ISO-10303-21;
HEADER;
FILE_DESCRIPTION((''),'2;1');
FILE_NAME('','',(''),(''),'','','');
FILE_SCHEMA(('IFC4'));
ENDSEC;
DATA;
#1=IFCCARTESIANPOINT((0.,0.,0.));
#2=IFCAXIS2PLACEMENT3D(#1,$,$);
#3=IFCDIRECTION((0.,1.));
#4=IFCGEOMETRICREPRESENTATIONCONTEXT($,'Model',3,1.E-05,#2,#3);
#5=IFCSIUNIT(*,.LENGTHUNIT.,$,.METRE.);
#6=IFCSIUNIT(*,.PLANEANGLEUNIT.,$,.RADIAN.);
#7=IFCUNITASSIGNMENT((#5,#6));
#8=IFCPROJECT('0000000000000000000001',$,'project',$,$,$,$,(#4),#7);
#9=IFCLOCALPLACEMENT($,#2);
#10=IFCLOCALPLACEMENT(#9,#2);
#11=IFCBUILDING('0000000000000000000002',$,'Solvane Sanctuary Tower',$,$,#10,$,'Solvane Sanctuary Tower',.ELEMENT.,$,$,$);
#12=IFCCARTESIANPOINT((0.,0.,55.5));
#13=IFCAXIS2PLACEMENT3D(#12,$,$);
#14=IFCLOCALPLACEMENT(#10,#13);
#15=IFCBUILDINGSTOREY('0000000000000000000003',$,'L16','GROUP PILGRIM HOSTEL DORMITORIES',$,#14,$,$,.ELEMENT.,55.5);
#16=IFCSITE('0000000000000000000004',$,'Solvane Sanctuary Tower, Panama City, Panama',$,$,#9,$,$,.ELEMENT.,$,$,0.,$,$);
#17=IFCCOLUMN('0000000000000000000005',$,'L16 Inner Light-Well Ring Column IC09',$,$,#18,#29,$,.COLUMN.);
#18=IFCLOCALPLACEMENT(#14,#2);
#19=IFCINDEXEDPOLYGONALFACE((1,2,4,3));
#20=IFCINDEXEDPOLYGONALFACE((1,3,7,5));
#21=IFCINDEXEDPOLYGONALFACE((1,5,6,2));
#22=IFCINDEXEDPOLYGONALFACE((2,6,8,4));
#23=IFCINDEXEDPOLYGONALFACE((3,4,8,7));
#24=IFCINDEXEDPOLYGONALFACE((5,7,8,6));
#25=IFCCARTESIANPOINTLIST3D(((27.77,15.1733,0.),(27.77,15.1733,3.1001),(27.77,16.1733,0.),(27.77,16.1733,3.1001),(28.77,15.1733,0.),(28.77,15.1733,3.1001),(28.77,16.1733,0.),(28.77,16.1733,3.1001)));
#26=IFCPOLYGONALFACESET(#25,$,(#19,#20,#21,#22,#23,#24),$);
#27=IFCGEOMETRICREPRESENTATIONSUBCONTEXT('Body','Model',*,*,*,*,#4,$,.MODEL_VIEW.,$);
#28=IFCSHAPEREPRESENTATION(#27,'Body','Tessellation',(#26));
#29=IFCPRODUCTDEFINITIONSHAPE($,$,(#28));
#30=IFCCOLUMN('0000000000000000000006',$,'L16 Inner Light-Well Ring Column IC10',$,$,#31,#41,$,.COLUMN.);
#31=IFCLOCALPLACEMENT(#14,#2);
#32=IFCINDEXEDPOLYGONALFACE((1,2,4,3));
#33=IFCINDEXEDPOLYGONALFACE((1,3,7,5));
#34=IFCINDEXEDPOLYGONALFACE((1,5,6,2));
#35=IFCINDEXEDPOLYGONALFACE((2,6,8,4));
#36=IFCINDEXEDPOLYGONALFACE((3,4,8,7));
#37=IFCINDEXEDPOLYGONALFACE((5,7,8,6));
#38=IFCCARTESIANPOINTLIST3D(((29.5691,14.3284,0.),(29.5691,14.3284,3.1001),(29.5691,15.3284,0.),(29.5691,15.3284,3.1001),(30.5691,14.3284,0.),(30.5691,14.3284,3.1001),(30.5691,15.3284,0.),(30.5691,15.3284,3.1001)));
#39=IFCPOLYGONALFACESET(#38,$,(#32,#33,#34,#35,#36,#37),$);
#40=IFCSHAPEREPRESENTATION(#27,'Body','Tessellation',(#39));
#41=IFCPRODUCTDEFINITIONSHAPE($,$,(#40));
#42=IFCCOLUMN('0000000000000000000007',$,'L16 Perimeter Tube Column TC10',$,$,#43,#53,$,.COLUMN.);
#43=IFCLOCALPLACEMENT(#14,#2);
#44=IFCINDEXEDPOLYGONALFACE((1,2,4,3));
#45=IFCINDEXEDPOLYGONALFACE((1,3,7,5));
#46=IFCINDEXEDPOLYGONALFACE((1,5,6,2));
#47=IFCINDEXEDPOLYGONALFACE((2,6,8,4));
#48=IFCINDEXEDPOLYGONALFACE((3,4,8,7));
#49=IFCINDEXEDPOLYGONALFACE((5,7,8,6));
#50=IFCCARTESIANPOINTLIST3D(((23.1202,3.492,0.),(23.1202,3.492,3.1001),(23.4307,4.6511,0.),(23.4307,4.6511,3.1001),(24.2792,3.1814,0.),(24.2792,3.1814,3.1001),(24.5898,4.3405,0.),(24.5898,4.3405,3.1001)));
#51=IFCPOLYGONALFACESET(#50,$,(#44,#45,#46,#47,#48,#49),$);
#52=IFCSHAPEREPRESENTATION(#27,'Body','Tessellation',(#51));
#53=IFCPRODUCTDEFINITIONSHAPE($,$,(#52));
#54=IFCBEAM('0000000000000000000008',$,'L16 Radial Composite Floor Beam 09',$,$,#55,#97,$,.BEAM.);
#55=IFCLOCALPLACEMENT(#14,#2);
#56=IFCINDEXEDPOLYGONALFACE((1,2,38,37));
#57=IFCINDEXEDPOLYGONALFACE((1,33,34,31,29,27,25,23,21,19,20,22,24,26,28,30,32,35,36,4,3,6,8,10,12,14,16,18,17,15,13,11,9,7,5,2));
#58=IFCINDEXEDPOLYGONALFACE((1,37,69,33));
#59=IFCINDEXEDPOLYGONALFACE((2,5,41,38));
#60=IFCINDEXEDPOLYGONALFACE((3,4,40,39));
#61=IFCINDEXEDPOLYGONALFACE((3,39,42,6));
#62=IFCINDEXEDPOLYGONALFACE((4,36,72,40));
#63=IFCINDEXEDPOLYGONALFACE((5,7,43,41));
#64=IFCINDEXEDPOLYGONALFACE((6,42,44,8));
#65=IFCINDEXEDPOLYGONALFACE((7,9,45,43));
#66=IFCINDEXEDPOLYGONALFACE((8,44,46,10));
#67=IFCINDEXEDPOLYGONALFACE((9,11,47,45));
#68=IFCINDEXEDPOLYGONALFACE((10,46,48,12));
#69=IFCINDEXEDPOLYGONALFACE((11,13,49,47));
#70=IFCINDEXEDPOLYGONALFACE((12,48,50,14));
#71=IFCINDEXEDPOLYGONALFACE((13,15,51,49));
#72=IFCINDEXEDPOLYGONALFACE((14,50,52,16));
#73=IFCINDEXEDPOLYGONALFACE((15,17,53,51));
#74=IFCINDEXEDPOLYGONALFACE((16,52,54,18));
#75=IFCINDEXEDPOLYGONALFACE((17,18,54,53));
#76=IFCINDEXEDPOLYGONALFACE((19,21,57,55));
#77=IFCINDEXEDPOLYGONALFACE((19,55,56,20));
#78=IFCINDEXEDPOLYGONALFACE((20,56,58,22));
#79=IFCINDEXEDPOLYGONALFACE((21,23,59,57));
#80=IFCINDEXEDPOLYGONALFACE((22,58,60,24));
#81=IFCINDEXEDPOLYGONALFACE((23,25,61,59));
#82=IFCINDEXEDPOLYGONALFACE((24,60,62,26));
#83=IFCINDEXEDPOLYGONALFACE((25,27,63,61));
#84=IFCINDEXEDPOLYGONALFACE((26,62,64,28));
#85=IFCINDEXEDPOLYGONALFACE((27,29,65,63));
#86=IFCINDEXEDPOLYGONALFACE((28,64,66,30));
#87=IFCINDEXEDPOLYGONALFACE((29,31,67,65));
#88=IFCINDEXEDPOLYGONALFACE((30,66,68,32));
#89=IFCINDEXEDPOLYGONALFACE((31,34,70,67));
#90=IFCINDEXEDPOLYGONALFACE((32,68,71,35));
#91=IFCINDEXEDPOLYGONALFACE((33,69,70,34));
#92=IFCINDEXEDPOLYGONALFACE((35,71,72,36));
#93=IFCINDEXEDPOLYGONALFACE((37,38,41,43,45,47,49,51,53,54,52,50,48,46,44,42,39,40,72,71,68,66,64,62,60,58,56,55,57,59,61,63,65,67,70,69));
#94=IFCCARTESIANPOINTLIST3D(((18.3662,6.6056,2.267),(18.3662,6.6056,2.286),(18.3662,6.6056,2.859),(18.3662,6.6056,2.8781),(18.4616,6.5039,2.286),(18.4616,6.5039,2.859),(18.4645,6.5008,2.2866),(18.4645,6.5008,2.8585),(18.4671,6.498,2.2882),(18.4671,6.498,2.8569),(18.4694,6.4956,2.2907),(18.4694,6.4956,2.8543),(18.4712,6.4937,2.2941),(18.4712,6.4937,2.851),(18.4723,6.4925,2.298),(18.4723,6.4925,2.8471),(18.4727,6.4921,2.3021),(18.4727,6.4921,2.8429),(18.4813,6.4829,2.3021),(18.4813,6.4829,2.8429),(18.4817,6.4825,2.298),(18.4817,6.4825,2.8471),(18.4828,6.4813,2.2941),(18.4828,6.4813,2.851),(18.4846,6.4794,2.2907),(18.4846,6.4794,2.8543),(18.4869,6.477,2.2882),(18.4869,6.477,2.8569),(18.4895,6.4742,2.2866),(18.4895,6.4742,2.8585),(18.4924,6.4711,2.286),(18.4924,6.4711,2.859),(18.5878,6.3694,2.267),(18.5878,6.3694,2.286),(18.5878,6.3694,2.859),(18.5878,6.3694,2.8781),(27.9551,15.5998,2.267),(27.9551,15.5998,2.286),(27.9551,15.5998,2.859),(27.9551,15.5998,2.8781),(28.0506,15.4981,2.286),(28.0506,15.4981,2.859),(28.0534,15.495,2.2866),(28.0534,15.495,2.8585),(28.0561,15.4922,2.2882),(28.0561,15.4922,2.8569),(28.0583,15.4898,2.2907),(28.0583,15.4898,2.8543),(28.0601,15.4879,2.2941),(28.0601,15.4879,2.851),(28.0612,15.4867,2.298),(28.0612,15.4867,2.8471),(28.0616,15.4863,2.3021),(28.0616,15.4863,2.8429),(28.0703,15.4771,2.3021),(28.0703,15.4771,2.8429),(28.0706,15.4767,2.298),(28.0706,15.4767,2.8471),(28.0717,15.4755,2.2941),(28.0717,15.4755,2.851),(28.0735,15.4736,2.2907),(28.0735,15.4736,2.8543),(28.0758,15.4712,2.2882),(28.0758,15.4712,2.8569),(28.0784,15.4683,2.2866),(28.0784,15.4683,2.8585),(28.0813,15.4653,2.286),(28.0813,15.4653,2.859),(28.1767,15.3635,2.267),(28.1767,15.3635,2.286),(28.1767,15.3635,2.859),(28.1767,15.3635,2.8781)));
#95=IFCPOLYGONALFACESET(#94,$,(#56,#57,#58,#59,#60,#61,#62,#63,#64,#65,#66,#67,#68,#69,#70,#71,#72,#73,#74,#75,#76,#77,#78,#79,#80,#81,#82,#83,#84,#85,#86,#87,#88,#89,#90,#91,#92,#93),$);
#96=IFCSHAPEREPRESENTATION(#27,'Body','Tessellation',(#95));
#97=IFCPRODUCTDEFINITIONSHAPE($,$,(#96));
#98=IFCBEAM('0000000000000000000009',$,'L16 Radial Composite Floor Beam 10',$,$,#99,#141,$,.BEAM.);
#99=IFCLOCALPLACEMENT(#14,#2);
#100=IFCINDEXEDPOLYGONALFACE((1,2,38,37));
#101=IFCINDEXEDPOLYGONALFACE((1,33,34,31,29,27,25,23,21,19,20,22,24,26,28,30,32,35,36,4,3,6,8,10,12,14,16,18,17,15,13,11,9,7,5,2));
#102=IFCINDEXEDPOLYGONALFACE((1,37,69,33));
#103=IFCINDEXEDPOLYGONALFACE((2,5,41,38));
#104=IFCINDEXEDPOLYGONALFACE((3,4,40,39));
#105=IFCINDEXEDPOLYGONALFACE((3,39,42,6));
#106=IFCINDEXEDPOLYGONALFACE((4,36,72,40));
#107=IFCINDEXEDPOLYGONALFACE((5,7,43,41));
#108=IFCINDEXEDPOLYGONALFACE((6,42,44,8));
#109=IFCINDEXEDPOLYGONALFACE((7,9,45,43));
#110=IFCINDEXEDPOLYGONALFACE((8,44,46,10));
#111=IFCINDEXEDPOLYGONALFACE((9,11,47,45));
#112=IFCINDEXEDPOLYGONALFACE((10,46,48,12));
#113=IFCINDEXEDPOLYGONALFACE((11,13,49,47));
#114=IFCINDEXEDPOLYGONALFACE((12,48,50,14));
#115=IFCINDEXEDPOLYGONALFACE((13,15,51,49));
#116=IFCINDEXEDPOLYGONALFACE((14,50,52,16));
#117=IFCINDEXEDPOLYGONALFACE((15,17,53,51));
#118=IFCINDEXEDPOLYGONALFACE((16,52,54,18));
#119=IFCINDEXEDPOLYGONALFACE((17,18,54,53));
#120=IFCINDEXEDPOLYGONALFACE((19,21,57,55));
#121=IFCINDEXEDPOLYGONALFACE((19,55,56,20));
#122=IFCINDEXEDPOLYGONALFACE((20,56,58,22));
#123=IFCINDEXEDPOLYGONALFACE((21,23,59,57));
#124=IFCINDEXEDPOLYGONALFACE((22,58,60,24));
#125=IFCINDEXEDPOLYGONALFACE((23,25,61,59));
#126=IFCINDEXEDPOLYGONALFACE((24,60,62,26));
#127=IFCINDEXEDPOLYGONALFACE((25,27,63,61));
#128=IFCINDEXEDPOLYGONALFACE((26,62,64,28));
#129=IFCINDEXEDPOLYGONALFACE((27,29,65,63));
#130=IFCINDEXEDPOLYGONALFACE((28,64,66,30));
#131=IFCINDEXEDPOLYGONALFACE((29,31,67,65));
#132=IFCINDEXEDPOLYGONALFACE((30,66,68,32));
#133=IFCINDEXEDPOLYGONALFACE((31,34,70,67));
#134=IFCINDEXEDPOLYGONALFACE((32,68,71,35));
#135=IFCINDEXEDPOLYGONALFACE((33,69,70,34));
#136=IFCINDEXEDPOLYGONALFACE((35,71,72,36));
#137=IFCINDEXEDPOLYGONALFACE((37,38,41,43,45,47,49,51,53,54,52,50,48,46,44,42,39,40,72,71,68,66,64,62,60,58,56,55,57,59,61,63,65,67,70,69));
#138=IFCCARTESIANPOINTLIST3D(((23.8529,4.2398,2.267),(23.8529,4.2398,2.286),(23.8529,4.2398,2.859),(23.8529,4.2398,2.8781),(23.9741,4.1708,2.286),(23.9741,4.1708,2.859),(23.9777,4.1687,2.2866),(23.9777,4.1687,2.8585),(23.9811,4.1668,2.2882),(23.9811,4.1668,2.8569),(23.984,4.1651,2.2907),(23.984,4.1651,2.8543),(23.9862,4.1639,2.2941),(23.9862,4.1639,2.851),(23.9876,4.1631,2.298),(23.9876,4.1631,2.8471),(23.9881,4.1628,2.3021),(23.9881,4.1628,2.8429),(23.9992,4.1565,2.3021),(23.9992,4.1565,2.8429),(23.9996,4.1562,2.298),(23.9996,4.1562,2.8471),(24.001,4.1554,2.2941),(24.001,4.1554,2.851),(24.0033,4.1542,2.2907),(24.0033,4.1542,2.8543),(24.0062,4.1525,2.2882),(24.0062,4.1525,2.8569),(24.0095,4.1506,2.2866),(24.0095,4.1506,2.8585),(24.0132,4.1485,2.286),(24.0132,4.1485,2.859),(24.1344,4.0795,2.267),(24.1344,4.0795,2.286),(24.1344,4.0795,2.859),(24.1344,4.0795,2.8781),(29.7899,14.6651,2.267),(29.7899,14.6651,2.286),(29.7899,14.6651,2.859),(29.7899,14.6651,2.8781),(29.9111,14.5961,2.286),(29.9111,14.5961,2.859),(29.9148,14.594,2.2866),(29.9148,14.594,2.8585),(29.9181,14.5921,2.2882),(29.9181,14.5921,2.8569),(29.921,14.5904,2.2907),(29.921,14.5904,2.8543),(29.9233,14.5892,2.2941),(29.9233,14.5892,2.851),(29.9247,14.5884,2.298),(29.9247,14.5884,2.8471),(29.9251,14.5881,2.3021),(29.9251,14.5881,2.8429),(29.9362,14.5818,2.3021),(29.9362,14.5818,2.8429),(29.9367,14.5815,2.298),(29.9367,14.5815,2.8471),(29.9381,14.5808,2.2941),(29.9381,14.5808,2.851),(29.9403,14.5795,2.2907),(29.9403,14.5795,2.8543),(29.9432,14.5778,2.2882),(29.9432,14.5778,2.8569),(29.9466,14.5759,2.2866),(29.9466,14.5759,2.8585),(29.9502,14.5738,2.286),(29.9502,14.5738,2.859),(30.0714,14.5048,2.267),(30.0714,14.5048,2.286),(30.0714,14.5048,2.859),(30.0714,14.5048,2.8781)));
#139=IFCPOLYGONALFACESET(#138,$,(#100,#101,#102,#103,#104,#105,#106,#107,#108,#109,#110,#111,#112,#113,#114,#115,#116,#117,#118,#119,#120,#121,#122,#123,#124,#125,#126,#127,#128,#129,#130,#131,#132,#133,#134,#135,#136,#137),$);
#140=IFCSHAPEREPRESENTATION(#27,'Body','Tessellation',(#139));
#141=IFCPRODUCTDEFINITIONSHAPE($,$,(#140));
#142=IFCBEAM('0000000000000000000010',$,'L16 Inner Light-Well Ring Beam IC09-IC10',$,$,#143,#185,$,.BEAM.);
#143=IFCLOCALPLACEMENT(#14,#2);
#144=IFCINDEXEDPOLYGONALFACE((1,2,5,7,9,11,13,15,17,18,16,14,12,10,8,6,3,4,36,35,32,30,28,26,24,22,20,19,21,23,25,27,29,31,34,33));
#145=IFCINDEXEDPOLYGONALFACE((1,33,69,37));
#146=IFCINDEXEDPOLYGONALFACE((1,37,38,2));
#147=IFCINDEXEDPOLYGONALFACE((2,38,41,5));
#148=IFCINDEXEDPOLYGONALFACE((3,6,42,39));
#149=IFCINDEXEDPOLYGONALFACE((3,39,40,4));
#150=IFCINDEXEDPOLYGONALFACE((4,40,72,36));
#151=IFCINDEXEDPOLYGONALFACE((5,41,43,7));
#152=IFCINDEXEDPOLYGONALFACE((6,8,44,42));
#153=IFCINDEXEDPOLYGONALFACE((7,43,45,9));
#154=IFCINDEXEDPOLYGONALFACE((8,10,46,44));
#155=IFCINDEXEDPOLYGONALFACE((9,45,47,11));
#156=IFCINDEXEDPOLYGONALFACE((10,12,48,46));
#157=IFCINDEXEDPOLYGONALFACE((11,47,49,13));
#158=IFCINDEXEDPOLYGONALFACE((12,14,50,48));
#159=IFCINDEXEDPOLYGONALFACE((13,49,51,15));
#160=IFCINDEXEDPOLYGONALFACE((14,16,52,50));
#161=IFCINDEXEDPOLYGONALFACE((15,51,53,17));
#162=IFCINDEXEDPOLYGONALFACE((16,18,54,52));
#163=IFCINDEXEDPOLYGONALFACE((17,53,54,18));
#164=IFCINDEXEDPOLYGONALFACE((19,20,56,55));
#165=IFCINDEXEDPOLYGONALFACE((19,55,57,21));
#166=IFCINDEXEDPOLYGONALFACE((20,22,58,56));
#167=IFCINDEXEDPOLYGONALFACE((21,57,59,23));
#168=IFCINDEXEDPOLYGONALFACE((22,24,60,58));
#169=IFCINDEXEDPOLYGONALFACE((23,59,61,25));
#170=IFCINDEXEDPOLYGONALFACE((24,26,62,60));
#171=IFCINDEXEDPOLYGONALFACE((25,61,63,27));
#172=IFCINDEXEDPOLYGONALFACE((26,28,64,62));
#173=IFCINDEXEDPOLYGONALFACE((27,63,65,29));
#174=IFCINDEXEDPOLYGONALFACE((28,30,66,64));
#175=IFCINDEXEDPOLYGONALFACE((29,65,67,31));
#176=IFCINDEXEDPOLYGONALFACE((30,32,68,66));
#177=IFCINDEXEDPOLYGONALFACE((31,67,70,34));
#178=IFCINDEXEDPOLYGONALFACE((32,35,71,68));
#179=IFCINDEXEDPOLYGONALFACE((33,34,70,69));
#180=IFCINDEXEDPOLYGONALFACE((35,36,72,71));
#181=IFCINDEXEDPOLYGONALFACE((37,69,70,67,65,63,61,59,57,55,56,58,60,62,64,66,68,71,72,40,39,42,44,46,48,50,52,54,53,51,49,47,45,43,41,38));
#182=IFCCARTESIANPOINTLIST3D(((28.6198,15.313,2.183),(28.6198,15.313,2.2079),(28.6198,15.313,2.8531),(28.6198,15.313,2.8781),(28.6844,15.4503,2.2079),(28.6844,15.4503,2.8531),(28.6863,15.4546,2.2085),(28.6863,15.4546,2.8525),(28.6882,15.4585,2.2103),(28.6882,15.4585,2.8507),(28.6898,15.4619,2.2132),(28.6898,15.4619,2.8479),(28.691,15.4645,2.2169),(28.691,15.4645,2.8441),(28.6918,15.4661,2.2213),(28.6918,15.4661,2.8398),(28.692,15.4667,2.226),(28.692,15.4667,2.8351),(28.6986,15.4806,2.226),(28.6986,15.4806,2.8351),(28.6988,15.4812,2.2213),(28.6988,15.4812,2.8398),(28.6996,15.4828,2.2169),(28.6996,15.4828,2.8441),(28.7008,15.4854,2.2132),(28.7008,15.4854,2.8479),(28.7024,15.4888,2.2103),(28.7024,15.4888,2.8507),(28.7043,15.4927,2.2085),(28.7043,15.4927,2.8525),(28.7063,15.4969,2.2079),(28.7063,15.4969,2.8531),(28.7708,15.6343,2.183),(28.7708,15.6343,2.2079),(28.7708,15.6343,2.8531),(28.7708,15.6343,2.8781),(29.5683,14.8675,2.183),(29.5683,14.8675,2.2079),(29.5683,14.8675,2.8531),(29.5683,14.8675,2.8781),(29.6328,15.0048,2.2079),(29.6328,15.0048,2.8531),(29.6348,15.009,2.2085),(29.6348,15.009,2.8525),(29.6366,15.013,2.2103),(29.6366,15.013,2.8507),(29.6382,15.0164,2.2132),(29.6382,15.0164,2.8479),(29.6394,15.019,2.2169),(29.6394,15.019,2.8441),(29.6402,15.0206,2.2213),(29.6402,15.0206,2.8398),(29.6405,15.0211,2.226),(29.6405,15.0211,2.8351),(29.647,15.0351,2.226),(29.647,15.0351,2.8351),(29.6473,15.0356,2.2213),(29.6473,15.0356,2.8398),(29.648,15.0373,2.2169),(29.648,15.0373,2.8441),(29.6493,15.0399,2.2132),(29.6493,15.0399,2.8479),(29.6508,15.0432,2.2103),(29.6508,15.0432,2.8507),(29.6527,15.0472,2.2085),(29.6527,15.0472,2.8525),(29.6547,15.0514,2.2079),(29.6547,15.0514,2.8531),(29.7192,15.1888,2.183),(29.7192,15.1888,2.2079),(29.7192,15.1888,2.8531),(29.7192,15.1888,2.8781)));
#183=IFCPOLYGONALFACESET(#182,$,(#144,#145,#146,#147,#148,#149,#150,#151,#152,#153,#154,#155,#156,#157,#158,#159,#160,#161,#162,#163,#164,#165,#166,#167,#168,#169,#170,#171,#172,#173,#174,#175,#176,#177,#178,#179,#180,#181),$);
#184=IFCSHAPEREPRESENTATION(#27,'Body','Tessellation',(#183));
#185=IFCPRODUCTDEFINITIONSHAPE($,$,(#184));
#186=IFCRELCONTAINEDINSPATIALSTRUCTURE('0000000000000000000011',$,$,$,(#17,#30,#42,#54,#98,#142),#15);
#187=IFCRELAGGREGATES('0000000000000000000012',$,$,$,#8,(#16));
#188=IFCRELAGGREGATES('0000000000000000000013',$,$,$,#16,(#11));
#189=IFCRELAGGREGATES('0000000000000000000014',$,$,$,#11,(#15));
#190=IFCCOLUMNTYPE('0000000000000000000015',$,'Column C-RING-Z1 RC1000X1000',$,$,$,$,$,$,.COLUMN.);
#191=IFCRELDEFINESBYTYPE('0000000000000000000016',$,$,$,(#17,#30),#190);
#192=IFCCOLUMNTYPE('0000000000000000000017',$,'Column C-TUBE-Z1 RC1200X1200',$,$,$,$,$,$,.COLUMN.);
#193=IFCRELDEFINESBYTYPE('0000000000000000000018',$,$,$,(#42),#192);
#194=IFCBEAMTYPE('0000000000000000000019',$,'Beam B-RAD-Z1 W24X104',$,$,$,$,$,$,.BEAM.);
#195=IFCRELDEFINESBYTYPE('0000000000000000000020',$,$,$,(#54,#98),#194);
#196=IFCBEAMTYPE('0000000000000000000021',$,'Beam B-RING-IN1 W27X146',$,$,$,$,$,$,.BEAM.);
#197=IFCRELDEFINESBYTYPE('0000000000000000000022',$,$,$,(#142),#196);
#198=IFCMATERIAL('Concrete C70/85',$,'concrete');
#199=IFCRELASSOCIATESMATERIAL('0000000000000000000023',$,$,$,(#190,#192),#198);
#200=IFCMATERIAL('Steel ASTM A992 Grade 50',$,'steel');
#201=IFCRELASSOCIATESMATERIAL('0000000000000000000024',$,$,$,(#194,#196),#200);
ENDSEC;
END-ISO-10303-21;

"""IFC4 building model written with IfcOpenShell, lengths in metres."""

from ifc_helpers import new_model, si_unit, direction, frame, origin, origin_2d, place, context, subcontext, project, spatial, rectangle, i_section, extrude, material, material_profile, profile_set, type_object, element, save


model = new_model("IFC4")

# Units and contexts
model_context = context("Model", 3, precision=1e-05, world=origin(), true_north=direction((0.0, 1.0)))
body_context = subcontext(model_context, "Body", "Model", "MODEL_VIEW")
ifc_project = project(units=[si_unit("LENGTHUNIT", "METRE"), si_unit("PLANEANGLEUNIT", "RADIAN")], contexts=[model_context])

# Site, building, storey
site_placement = place(None, origin())
site = spatial("IfcSite", under=ifc_project, at=site_placement, Name="Solvane Sanctuary Tower, Panama City, Panama", CompositionType="ELEMENT", RefElevation=0.0)
building_placement = place(site_placement, origin())
building = spatial("IfcBuilding", under=site, at=building_placement, Name="Solvane Sanctuary Tower", LongName="Solvane Sanctuary Tower", CompositionType="ELEMENT")
storey_placement = place(building_placement, frame((0.0, 0.0, 55.5)))
storey = spatial("IfcBuildingStorey", under=building, at=storey_placement, Name="L16", Description="GROUP PILGRIM HOSTEL DORMITORIES", CompositionType="ELEMENT", Elevation=55.5)

# Columns
ifc_material_1 = material(Name="Concrete C70/85", Category="concrete")
ifc_material_profile_1 = material_profile(ifc_material_1, rectangle(XDim=1.0, YDim=1.0, at=origin_2d()), Name="RC1000X1000")
ifc_profile_set_1 = profile_set([ifc_material_profile_1], Name="Concrete C70/85")
column_type_1 = type_object("IfcColumnType", Name="Column C-RING-Z1 RC1000X1000", PredefinedType="COLUMN", material=ifc_profile_set_1)
for number, where, z_axis, x_axis, name in (
    (1, (28.27, 15.6733, 0.0), (0.0, 0.0, 1.0), (1.0, 0.0, 0.0), "L16 Inner Light-Well Ring Column IC09"),
    (2, (30.0691, 14.8284, 0.0), (0.0, 0.0, 1.0), (1.0, 0.0, 0.0), "L16 Inner Light-Well Ring Column IC10"),
):
    element("IfcColumn", number, at=place(storey_placement, frame(where, z_axis=z_axis, x_axis=x_axis)), inside=storey, type_object=column_type_1, Name=name, PredefinedType="COLUMN", context=body_context, shape_type="SweptSolid", body=[
        extrude(rectangle(XDim=1.0, YDim=1.0, at=origin_2d()), origin(), (0.0, 0.0, 1.0), 3.1001),
    ])
ifc_material_profile_2 = material_profile(ifc_material_1, rectangle(XDim=1.2, YDim=1.2, at=origin_2d()), Name="RC1200X1200")
ifc_profile_set_2 = profile_set([ifc_material_profile_2], Name="Concrete C70/85")
column_type_2 = type_object("IfcColumnType", Name="Column C-TUBE-Z1 RC1200X1200", PredefinedType="COLUMN", material=ifc_profile_set_2)
column_placement = place(storey_placement, frame((23.855, 3.9163, 0.0), z_axis=(0.0, 0.0, 1.0), x_axis=(-0.258819, -0.965926, 0.0)))
element("IfcColumn", 3, at=column_placement, inside=storey, type_object=column_type_2, Name="L16 Perimeter Tube Column TC10", PredefinedType="COLUMN", context=body_context, shape_type="SweptSolid", body=[
    extrude(rectangle(XDim=1.2, YDim=1.2, at=origin_2d()), origin(), (0.0, 0.0, 1.0), 3.1001),
])

# Beams
ifc_material_2 = material(Name="Steel ASTM A992 Grade 50", Category="steel")
ifc_material_profile_3 = material_profile(ifc_material_2, i_section(OverallWidth=0.324, OverallDepth=0.6111, WebThickness=0.0127, FlangeThickness=0.019, FilletRadius=0.0161, at=origin_2d()), Name="W24X104")
ifc_profile_set_3 = profile_set([ifc_material_profile_3], Name="Steel ASTM A992 Grade 50")
beam_type_1 = type_object("IfcBeamType", Name="Beam B-RAD-Z1 W24X104", PredefinedType="BEAM", material=ifc_profile_set_3)
beam_1_placement = place(storey_placement, frame((28.0659, 15.4817, 2.5725), z_axis=(-0.729363, -0.684126, 0.0), x_axis=(0.684126, -0.729363, 0.0)))
element("IfcBeam", 4, at=beam_1_placement, inside=storey, type_object=beam_type_1, Name="L16 Radial Composite Floor Beam 09", PredefinedType="BEAM", context=body_context, shape_type="SweptSolid", body=[
    extrude(i_section(OverallWidth=0.324, OverallDepth=0.6111, WebThickness=0.0127, FlangeThickness=0.019, FilletRadius=0.0161, at=origin_2d()), origin(), (0.0, 0.0, 1.0), 13.147),
])
beam_2_placement = place(storey_placement, frame((29.9307, 14.585, 2.5725), z_axis=(-0.494863, -0.868971, 0.0), x_axis=(0.868971, -0.494863, 0.0)))
element("IfcBeam", 5, at=beam_2_placement, inside=storey, type_object=beam_type_1, Name="L16 Radial Composite Floor Beam 10", PredefinedType="BEAM", context=body_context, shape_type="SweptSolid", body=[
    extrude(i_section(OverallWidth=0.324, OverallDepth=0.6111, WebThickness=0.0127, FlangeThickness=0.019, FilletRadius=0.0161, at=origin_2d()), origin(), (0.0, 0.0, 1.0), 11.9973),
])
ifc_material_profile_4 = material_profile(ifc_material_2, i_section(OverallWidth=0.355, OverallDepth=0.6951, WebThickness=0.0154, FlangeThickness=0.0249, FilletRadius=0.0181, at=origin_2d()), Name="W27X146")
ifc_profile_set_4 = profile_set([ifc_material_profile_4], Name="Steel ASTM A992 Grade 50")
beam_type_2 = type_object("IfcBeamType", Name="Beam B-RING-IN1 W27X146", PredefinedType="BEAM", material=ifc_profile_set_4)
beam_3_placement = place(storey_placement, frame((28.6953, 15.4736, 2.5305), z_axis=(0.905109, -0.42518, 0.0), x_axis=(0.42518, 0.905109, 0.0)))
element("IfcBeam", 6, at=beam_3_placement, inside=storey, type_object=beam_type_2, Name="L16 Inner Light-Well Ring Beam IC09-IC10", PredefinedType="BEAM", context=body_context, shape_type="SweptSolid", body=[
    extrude(i_section(OverallWidth=0.355, OverallDepth=0.6951, WebThickness=0.0154, FlangeThickness=0.0249, FilletRadius=0.0181, at=origin_2d()), origin(), (0.0, 0.0, 1.0), 1.0479),
])

save(model, "model.ifc")
